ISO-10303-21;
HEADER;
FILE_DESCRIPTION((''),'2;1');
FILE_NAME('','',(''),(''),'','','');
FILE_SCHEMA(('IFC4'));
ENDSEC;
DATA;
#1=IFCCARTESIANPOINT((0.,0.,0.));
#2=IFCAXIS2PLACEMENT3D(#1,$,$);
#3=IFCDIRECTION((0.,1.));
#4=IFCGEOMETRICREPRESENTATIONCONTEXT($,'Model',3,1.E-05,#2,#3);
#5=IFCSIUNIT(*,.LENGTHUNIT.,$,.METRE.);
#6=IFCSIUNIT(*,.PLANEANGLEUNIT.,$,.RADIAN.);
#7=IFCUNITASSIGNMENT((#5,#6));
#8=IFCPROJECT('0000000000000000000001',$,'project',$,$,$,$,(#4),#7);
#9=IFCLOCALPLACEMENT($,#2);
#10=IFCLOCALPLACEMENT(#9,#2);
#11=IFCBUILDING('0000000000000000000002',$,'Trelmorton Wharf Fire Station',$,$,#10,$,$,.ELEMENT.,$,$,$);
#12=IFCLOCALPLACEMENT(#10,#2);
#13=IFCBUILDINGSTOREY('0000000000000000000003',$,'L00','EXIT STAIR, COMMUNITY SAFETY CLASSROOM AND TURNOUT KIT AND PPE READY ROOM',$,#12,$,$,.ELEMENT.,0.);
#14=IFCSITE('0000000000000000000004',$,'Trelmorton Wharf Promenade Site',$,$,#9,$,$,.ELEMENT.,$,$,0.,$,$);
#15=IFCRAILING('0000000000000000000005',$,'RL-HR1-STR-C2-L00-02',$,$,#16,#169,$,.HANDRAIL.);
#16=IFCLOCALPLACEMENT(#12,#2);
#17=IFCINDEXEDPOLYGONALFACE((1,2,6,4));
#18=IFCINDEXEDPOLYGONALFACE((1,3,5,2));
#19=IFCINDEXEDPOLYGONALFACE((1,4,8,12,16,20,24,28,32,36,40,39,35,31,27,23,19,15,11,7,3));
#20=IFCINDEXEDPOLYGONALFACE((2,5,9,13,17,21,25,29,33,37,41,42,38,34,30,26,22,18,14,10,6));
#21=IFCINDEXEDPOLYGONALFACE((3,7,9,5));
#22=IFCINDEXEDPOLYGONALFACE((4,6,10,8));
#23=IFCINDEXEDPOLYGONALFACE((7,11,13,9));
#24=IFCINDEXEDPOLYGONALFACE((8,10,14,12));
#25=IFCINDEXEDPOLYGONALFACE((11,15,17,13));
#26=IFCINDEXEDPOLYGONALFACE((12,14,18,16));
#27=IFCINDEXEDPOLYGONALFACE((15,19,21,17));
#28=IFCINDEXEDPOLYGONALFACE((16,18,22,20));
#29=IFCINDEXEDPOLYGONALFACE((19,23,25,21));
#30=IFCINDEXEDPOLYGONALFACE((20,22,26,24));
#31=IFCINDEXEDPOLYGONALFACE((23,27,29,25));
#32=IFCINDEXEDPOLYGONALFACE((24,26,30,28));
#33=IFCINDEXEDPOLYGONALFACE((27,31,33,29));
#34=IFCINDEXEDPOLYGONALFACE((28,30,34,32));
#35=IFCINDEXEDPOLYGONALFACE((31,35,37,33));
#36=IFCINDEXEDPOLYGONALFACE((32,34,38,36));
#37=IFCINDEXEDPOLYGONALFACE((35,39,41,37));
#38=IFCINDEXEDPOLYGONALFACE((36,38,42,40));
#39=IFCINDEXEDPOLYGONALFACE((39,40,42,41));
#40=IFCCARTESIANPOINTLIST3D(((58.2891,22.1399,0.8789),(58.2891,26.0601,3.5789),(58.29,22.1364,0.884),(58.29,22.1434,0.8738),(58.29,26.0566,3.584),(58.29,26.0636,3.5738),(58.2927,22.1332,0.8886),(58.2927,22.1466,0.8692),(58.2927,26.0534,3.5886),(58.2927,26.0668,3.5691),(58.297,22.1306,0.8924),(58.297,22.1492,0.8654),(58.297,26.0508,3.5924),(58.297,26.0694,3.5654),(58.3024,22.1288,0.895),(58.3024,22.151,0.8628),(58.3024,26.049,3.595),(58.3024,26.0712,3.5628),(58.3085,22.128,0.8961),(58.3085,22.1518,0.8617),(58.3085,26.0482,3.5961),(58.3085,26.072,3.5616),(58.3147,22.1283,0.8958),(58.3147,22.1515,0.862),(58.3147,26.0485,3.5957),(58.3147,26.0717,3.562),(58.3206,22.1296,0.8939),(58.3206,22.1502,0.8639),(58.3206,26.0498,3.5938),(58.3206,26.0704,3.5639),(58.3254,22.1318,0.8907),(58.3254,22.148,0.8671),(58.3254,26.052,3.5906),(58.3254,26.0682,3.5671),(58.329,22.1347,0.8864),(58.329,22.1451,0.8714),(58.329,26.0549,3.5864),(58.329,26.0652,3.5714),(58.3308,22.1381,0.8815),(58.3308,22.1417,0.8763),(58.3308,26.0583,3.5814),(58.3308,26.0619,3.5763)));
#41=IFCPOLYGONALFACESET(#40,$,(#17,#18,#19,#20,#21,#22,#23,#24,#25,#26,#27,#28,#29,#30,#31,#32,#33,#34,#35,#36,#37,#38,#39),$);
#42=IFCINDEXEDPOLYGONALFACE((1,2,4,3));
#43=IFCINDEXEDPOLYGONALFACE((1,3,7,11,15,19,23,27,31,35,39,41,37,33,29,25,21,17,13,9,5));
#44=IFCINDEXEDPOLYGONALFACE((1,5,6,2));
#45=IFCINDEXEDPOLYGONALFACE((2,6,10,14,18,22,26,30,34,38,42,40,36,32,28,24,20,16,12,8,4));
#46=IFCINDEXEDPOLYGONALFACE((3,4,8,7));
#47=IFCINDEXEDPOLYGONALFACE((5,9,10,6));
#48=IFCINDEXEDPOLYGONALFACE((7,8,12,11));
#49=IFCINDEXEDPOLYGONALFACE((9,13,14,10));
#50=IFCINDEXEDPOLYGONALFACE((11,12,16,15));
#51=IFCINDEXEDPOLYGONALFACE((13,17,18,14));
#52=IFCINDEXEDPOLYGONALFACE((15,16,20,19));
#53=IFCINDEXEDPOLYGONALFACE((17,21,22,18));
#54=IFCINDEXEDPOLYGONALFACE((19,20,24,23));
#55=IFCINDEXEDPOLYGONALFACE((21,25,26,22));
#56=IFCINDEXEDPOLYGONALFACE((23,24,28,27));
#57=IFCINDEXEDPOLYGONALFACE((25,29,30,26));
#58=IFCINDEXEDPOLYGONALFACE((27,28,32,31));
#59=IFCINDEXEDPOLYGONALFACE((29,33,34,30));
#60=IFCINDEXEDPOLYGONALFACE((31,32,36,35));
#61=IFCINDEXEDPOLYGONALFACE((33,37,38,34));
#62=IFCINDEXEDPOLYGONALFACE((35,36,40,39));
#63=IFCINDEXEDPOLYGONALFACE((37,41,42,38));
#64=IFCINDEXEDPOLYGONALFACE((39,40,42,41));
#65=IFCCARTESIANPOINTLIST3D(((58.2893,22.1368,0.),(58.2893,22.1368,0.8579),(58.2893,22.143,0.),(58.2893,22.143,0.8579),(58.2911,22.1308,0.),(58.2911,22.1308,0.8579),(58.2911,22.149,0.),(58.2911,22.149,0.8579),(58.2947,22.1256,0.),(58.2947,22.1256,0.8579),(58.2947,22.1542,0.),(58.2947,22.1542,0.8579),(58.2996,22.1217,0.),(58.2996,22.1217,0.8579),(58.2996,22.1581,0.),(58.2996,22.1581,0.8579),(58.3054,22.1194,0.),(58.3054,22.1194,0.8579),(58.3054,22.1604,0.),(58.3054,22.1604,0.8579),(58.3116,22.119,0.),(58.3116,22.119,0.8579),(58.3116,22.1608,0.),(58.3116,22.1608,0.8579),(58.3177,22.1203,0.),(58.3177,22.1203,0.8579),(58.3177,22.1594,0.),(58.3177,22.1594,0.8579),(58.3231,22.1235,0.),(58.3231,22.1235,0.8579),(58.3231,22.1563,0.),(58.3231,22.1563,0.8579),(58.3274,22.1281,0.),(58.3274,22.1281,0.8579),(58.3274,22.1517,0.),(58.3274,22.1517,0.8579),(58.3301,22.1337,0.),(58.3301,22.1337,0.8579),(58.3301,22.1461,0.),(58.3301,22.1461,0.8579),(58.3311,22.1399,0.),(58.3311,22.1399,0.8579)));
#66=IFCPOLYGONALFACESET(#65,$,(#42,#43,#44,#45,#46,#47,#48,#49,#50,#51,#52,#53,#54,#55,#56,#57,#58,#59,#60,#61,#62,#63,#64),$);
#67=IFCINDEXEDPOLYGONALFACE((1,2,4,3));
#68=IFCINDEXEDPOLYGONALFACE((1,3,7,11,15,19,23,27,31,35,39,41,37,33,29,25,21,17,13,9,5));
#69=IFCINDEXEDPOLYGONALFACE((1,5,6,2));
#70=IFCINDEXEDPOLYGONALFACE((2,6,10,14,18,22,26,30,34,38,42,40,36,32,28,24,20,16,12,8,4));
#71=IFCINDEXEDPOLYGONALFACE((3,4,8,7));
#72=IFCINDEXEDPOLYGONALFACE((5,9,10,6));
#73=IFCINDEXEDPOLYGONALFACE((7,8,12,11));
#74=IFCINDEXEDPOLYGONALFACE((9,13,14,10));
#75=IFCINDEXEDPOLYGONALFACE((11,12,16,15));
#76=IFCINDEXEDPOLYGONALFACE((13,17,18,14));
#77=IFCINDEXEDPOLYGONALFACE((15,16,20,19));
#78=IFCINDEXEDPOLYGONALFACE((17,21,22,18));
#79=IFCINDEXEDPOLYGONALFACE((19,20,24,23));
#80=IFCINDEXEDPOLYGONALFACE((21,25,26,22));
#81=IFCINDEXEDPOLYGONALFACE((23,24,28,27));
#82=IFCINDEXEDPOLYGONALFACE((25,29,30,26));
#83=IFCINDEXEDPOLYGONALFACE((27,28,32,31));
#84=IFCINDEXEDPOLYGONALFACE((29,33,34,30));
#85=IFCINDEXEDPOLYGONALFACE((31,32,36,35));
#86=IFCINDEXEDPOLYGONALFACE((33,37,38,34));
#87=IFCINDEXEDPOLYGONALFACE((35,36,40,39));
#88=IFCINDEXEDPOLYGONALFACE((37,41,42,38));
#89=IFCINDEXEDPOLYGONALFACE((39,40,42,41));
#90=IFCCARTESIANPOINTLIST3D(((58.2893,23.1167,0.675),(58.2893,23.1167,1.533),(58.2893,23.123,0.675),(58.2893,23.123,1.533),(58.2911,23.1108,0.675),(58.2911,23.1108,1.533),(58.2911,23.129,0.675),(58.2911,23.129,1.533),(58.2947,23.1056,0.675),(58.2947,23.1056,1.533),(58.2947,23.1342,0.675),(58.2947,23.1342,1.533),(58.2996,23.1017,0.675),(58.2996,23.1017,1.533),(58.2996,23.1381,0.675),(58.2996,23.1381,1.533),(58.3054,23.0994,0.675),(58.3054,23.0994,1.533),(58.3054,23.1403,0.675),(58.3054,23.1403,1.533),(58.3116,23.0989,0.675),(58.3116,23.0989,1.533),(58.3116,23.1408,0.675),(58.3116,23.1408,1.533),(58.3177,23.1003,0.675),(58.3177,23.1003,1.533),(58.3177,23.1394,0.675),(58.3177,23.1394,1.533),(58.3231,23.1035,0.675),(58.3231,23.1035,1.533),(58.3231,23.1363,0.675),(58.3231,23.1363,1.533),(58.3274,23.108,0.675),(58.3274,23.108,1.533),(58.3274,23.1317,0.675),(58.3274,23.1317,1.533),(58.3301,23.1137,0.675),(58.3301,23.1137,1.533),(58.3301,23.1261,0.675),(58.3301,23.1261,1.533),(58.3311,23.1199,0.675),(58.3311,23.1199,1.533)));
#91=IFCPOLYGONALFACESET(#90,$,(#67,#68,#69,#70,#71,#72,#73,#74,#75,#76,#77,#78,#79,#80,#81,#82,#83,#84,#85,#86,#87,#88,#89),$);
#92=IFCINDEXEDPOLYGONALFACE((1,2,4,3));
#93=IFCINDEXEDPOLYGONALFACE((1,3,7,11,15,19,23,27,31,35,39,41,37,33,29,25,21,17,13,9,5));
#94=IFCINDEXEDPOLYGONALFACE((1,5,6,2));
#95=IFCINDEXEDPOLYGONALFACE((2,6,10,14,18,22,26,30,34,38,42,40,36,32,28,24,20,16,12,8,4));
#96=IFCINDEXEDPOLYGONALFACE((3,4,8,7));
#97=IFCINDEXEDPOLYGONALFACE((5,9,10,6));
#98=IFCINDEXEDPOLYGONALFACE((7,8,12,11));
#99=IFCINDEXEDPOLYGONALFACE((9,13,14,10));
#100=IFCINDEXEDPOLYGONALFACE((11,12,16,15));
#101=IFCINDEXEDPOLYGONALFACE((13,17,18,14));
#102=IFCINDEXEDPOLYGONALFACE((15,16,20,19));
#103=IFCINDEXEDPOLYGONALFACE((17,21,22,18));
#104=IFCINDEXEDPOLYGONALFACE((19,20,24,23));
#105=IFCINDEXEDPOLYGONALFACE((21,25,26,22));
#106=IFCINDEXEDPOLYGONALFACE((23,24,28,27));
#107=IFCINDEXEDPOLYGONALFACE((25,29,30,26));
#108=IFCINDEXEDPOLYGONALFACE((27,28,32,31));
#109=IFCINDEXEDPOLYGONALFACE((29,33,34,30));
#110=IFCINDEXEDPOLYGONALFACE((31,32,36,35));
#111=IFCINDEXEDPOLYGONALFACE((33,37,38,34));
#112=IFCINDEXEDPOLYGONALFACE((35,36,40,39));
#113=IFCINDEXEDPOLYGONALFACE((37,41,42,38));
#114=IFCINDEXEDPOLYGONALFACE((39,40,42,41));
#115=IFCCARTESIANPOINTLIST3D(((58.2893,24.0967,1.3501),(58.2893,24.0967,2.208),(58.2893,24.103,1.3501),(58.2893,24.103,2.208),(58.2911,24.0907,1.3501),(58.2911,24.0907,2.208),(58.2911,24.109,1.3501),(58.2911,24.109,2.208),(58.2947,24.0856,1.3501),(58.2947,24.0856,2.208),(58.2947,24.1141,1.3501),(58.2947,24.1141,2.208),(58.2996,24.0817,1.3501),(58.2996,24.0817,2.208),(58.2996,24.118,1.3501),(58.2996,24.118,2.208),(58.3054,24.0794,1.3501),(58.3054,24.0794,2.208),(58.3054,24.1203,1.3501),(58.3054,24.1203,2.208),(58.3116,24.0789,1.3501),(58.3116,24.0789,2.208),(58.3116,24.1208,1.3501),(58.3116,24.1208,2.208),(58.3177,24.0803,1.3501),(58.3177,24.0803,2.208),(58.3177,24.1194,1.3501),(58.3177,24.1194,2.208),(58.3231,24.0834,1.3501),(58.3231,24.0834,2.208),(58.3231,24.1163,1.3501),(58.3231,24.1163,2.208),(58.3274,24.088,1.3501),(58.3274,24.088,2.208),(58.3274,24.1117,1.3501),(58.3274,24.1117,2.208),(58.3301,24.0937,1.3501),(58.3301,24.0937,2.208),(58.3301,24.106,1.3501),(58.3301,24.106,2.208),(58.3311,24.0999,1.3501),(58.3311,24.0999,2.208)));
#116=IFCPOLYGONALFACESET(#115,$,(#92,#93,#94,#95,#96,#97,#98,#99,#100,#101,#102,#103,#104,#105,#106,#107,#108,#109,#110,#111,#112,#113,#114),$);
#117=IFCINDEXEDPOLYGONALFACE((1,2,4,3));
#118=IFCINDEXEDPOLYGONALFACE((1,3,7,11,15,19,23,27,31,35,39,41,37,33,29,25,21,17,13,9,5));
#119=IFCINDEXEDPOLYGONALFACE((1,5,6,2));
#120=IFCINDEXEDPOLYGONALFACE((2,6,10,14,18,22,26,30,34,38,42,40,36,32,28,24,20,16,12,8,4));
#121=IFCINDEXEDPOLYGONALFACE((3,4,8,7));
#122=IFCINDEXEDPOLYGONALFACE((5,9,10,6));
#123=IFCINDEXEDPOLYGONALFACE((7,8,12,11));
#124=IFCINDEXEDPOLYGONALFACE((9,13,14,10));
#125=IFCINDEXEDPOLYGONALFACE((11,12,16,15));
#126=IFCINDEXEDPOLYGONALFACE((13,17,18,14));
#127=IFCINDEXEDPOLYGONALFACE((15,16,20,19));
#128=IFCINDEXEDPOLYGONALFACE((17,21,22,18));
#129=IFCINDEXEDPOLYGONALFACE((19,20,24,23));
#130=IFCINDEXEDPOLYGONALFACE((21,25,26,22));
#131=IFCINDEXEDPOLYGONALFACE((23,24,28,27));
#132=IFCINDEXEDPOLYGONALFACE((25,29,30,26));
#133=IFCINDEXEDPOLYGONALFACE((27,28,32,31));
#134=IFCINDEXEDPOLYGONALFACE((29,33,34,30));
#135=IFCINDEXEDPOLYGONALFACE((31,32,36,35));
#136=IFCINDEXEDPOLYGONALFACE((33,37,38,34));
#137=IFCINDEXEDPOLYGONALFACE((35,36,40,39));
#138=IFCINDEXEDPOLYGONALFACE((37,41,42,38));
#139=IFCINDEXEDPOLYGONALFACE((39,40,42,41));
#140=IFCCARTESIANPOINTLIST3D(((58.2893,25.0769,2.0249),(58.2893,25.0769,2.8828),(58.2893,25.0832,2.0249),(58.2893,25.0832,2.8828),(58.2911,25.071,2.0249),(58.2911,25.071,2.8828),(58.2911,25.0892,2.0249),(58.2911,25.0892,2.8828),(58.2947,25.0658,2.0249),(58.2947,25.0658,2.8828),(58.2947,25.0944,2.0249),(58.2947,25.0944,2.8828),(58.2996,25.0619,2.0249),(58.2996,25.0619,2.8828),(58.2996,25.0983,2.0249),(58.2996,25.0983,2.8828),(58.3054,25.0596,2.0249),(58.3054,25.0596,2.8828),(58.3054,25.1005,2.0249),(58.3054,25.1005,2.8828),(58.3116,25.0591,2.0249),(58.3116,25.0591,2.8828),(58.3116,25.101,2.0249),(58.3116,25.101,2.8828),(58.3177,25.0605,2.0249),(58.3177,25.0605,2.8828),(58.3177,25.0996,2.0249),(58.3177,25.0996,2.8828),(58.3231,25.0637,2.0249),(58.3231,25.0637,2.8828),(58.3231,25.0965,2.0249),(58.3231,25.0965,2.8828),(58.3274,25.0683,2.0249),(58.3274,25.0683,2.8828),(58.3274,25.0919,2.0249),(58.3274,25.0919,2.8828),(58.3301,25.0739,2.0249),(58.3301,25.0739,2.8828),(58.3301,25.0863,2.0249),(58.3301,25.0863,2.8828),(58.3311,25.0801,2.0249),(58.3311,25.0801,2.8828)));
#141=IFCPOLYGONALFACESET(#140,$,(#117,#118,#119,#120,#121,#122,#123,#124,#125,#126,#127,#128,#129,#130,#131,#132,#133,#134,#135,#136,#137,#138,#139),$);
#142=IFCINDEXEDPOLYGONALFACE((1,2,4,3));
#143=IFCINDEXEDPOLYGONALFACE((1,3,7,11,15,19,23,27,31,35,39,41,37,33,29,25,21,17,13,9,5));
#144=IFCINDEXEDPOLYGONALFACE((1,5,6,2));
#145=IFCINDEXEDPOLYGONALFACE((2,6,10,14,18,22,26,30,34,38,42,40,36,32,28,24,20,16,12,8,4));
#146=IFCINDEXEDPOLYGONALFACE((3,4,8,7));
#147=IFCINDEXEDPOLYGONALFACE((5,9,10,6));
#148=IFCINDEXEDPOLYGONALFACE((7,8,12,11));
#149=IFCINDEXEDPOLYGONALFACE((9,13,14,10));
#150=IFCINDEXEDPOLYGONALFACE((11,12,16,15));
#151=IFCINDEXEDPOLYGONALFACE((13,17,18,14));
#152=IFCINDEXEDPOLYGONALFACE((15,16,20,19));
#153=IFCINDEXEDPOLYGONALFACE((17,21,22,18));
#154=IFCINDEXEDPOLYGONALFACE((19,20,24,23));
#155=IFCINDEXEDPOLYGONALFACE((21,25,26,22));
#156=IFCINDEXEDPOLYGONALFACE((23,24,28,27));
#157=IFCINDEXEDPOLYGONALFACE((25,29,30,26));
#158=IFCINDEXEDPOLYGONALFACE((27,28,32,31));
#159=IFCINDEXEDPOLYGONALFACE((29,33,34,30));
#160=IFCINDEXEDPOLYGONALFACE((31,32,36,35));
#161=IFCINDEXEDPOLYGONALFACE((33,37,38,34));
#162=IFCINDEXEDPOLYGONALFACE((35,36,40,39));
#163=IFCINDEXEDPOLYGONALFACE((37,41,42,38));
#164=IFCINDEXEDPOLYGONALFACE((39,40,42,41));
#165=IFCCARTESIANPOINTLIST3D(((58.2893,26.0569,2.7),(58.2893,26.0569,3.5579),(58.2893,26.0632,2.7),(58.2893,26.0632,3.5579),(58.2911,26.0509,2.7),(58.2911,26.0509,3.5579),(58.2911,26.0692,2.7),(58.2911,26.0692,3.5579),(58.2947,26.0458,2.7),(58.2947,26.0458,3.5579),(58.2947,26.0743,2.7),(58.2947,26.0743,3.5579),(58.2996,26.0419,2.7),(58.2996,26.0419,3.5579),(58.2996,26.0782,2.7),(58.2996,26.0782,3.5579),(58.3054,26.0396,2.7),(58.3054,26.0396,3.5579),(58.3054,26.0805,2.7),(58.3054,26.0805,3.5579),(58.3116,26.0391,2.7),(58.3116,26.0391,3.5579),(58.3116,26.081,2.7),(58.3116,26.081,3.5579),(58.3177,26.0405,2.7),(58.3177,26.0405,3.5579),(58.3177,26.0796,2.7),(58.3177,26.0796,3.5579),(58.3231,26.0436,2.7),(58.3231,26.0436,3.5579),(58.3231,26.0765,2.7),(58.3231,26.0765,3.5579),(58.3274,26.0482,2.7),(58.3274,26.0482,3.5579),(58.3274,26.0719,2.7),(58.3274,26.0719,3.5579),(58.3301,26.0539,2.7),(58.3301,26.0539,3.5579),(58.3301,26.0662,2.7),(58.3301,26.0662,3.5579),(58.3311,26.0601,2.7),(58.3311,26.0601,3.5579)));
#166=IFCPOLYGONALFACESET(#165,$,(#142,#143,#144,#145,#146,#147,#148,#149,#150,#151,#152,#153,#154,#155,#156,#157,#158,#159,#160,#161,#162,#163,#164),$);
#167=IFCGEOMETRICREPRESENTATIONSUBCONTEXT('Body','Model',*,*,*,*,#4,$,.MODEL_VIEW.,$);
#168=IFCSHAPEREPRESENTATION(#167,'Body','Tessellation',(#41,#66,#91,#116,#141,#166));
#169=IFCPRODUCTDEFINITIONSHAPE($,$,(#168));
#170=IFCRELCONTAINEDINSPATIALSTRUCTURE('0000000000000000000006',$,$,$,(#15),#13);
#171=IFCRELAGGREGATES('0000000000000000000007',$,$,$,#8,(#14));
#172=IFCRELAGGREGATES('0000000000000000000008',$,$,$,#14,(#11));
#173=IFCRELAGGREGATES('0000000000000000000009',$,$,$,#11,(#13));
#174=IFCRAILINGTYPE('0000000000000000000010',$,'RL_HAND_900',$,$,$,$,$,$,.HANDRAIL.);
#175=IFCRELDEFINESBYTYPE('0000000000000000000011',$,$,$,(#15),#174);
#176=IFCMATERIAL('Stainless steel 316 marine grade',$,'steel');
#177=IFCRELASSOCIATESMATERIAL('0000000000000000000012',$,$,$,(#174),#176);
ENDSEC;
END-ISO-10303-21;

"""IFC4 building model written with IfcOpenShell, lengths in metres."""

from ifc_helpers import new_model, si_unit, direction, frame, origin, origin_2d, place, context, subcontext, project, spatial, circle, extrude, material, type_object, element, save


model = new_model("IFC4")

# Units and contexts
model_context = context("Model", 3, precision=1e-05, world=origin(), true_north=direction((0.0, 1.0)))
body_context = subcontext(model_context, "Body", "Model", "MODEL_VIEW")
ifc_project = project(units=[si_unit("LENGTHUNIT", "METRE"), si_unit("PLANEANGLEUNIT", "RADIAN")], contexts=[model_context])

# Site, building, storey
site_placement = place(None, origin())
site = spatial("IfcSite", under=ifc_project, at=site_placement, Name="Trelmorton Wharf Promenade Site", CompositionType="ELEMENT", RefElevation=0.0)
building_placement = place(site_placement, origin())
building = spatial("IfcBuilding", under=site, at=building_placement, Name="Trelmorton Wharf Fire Station", CompositionType="ELEMENT")
storey_placement = place(building_placement, origin())
storey = spatial("IfcBuildingStorey", under=building, at=storey_placement, Name="L00", Description="EXIT STAIR, COMMUNITY SAFETY CLASSROOM AND TURNOUT KIT AND PPE READY ROOM", CompositionType="ELEMENT", Elevation=0.0)

# Shared definitions
ifc_material_1 = material(Name="Stainless steel 316 marine grade", Category="steel")

# Railing
railing_type_1 = type_object("IfcRailingType", Name="RL_HAND_900", PredefinedType="HANDRAIL", material=ifc_material_1)
railing_1_placement = place(storey_placement, frame((58.3101, 22.1399, 0.0)))
element("IfcRailing", 1, at=railing_1_placement, inside=storey, type_object=railing_type_1, Name="RL-HR1-STR-C2-L00-02", PredefinedType="HANDRAIL", context=body_context, shape_type="SweptSolid", body=[
    extrude(circle(Radius=0.021, at=origin_2d()), frame((0.0, 0.0, 0.8789), z_axis=(0.0, 0.823567, 0.567219), x_axis=(-1.0, 0.0, 0.0)), (0.0, 0.0, 1.0), 4.76),
    extrude(circle(Radius=0.021, at=origin_2d()), origin(), (0.0, 0.0, 1.0), 0.8579),
    extrude(circle(Radius=0.021, at=origin_2d()), frame((0.0, 0.98, 0.675)), (0.0, 0.0, 1.0), 0.8579),
    extrude(circle(Radius=0.021, at=origin_2d()), frame((0.0, 1.96, 1.3501)), (0.0, 0.0, 1.0), 0.8579),
    extrude(circle(Radius=0.021, at=origin_2d()), frame((0.0, 2.9402, 2.0249)), (0.0, 0.0, 1.0), 0.8579),
    extrude(circle(Radius=0.021, at=origin_2d()), frame((0.0, 3.9202, 2.7)), (0.0, 0.0, 1.0), 0.8579),
])

save(model, "model.ifc")
